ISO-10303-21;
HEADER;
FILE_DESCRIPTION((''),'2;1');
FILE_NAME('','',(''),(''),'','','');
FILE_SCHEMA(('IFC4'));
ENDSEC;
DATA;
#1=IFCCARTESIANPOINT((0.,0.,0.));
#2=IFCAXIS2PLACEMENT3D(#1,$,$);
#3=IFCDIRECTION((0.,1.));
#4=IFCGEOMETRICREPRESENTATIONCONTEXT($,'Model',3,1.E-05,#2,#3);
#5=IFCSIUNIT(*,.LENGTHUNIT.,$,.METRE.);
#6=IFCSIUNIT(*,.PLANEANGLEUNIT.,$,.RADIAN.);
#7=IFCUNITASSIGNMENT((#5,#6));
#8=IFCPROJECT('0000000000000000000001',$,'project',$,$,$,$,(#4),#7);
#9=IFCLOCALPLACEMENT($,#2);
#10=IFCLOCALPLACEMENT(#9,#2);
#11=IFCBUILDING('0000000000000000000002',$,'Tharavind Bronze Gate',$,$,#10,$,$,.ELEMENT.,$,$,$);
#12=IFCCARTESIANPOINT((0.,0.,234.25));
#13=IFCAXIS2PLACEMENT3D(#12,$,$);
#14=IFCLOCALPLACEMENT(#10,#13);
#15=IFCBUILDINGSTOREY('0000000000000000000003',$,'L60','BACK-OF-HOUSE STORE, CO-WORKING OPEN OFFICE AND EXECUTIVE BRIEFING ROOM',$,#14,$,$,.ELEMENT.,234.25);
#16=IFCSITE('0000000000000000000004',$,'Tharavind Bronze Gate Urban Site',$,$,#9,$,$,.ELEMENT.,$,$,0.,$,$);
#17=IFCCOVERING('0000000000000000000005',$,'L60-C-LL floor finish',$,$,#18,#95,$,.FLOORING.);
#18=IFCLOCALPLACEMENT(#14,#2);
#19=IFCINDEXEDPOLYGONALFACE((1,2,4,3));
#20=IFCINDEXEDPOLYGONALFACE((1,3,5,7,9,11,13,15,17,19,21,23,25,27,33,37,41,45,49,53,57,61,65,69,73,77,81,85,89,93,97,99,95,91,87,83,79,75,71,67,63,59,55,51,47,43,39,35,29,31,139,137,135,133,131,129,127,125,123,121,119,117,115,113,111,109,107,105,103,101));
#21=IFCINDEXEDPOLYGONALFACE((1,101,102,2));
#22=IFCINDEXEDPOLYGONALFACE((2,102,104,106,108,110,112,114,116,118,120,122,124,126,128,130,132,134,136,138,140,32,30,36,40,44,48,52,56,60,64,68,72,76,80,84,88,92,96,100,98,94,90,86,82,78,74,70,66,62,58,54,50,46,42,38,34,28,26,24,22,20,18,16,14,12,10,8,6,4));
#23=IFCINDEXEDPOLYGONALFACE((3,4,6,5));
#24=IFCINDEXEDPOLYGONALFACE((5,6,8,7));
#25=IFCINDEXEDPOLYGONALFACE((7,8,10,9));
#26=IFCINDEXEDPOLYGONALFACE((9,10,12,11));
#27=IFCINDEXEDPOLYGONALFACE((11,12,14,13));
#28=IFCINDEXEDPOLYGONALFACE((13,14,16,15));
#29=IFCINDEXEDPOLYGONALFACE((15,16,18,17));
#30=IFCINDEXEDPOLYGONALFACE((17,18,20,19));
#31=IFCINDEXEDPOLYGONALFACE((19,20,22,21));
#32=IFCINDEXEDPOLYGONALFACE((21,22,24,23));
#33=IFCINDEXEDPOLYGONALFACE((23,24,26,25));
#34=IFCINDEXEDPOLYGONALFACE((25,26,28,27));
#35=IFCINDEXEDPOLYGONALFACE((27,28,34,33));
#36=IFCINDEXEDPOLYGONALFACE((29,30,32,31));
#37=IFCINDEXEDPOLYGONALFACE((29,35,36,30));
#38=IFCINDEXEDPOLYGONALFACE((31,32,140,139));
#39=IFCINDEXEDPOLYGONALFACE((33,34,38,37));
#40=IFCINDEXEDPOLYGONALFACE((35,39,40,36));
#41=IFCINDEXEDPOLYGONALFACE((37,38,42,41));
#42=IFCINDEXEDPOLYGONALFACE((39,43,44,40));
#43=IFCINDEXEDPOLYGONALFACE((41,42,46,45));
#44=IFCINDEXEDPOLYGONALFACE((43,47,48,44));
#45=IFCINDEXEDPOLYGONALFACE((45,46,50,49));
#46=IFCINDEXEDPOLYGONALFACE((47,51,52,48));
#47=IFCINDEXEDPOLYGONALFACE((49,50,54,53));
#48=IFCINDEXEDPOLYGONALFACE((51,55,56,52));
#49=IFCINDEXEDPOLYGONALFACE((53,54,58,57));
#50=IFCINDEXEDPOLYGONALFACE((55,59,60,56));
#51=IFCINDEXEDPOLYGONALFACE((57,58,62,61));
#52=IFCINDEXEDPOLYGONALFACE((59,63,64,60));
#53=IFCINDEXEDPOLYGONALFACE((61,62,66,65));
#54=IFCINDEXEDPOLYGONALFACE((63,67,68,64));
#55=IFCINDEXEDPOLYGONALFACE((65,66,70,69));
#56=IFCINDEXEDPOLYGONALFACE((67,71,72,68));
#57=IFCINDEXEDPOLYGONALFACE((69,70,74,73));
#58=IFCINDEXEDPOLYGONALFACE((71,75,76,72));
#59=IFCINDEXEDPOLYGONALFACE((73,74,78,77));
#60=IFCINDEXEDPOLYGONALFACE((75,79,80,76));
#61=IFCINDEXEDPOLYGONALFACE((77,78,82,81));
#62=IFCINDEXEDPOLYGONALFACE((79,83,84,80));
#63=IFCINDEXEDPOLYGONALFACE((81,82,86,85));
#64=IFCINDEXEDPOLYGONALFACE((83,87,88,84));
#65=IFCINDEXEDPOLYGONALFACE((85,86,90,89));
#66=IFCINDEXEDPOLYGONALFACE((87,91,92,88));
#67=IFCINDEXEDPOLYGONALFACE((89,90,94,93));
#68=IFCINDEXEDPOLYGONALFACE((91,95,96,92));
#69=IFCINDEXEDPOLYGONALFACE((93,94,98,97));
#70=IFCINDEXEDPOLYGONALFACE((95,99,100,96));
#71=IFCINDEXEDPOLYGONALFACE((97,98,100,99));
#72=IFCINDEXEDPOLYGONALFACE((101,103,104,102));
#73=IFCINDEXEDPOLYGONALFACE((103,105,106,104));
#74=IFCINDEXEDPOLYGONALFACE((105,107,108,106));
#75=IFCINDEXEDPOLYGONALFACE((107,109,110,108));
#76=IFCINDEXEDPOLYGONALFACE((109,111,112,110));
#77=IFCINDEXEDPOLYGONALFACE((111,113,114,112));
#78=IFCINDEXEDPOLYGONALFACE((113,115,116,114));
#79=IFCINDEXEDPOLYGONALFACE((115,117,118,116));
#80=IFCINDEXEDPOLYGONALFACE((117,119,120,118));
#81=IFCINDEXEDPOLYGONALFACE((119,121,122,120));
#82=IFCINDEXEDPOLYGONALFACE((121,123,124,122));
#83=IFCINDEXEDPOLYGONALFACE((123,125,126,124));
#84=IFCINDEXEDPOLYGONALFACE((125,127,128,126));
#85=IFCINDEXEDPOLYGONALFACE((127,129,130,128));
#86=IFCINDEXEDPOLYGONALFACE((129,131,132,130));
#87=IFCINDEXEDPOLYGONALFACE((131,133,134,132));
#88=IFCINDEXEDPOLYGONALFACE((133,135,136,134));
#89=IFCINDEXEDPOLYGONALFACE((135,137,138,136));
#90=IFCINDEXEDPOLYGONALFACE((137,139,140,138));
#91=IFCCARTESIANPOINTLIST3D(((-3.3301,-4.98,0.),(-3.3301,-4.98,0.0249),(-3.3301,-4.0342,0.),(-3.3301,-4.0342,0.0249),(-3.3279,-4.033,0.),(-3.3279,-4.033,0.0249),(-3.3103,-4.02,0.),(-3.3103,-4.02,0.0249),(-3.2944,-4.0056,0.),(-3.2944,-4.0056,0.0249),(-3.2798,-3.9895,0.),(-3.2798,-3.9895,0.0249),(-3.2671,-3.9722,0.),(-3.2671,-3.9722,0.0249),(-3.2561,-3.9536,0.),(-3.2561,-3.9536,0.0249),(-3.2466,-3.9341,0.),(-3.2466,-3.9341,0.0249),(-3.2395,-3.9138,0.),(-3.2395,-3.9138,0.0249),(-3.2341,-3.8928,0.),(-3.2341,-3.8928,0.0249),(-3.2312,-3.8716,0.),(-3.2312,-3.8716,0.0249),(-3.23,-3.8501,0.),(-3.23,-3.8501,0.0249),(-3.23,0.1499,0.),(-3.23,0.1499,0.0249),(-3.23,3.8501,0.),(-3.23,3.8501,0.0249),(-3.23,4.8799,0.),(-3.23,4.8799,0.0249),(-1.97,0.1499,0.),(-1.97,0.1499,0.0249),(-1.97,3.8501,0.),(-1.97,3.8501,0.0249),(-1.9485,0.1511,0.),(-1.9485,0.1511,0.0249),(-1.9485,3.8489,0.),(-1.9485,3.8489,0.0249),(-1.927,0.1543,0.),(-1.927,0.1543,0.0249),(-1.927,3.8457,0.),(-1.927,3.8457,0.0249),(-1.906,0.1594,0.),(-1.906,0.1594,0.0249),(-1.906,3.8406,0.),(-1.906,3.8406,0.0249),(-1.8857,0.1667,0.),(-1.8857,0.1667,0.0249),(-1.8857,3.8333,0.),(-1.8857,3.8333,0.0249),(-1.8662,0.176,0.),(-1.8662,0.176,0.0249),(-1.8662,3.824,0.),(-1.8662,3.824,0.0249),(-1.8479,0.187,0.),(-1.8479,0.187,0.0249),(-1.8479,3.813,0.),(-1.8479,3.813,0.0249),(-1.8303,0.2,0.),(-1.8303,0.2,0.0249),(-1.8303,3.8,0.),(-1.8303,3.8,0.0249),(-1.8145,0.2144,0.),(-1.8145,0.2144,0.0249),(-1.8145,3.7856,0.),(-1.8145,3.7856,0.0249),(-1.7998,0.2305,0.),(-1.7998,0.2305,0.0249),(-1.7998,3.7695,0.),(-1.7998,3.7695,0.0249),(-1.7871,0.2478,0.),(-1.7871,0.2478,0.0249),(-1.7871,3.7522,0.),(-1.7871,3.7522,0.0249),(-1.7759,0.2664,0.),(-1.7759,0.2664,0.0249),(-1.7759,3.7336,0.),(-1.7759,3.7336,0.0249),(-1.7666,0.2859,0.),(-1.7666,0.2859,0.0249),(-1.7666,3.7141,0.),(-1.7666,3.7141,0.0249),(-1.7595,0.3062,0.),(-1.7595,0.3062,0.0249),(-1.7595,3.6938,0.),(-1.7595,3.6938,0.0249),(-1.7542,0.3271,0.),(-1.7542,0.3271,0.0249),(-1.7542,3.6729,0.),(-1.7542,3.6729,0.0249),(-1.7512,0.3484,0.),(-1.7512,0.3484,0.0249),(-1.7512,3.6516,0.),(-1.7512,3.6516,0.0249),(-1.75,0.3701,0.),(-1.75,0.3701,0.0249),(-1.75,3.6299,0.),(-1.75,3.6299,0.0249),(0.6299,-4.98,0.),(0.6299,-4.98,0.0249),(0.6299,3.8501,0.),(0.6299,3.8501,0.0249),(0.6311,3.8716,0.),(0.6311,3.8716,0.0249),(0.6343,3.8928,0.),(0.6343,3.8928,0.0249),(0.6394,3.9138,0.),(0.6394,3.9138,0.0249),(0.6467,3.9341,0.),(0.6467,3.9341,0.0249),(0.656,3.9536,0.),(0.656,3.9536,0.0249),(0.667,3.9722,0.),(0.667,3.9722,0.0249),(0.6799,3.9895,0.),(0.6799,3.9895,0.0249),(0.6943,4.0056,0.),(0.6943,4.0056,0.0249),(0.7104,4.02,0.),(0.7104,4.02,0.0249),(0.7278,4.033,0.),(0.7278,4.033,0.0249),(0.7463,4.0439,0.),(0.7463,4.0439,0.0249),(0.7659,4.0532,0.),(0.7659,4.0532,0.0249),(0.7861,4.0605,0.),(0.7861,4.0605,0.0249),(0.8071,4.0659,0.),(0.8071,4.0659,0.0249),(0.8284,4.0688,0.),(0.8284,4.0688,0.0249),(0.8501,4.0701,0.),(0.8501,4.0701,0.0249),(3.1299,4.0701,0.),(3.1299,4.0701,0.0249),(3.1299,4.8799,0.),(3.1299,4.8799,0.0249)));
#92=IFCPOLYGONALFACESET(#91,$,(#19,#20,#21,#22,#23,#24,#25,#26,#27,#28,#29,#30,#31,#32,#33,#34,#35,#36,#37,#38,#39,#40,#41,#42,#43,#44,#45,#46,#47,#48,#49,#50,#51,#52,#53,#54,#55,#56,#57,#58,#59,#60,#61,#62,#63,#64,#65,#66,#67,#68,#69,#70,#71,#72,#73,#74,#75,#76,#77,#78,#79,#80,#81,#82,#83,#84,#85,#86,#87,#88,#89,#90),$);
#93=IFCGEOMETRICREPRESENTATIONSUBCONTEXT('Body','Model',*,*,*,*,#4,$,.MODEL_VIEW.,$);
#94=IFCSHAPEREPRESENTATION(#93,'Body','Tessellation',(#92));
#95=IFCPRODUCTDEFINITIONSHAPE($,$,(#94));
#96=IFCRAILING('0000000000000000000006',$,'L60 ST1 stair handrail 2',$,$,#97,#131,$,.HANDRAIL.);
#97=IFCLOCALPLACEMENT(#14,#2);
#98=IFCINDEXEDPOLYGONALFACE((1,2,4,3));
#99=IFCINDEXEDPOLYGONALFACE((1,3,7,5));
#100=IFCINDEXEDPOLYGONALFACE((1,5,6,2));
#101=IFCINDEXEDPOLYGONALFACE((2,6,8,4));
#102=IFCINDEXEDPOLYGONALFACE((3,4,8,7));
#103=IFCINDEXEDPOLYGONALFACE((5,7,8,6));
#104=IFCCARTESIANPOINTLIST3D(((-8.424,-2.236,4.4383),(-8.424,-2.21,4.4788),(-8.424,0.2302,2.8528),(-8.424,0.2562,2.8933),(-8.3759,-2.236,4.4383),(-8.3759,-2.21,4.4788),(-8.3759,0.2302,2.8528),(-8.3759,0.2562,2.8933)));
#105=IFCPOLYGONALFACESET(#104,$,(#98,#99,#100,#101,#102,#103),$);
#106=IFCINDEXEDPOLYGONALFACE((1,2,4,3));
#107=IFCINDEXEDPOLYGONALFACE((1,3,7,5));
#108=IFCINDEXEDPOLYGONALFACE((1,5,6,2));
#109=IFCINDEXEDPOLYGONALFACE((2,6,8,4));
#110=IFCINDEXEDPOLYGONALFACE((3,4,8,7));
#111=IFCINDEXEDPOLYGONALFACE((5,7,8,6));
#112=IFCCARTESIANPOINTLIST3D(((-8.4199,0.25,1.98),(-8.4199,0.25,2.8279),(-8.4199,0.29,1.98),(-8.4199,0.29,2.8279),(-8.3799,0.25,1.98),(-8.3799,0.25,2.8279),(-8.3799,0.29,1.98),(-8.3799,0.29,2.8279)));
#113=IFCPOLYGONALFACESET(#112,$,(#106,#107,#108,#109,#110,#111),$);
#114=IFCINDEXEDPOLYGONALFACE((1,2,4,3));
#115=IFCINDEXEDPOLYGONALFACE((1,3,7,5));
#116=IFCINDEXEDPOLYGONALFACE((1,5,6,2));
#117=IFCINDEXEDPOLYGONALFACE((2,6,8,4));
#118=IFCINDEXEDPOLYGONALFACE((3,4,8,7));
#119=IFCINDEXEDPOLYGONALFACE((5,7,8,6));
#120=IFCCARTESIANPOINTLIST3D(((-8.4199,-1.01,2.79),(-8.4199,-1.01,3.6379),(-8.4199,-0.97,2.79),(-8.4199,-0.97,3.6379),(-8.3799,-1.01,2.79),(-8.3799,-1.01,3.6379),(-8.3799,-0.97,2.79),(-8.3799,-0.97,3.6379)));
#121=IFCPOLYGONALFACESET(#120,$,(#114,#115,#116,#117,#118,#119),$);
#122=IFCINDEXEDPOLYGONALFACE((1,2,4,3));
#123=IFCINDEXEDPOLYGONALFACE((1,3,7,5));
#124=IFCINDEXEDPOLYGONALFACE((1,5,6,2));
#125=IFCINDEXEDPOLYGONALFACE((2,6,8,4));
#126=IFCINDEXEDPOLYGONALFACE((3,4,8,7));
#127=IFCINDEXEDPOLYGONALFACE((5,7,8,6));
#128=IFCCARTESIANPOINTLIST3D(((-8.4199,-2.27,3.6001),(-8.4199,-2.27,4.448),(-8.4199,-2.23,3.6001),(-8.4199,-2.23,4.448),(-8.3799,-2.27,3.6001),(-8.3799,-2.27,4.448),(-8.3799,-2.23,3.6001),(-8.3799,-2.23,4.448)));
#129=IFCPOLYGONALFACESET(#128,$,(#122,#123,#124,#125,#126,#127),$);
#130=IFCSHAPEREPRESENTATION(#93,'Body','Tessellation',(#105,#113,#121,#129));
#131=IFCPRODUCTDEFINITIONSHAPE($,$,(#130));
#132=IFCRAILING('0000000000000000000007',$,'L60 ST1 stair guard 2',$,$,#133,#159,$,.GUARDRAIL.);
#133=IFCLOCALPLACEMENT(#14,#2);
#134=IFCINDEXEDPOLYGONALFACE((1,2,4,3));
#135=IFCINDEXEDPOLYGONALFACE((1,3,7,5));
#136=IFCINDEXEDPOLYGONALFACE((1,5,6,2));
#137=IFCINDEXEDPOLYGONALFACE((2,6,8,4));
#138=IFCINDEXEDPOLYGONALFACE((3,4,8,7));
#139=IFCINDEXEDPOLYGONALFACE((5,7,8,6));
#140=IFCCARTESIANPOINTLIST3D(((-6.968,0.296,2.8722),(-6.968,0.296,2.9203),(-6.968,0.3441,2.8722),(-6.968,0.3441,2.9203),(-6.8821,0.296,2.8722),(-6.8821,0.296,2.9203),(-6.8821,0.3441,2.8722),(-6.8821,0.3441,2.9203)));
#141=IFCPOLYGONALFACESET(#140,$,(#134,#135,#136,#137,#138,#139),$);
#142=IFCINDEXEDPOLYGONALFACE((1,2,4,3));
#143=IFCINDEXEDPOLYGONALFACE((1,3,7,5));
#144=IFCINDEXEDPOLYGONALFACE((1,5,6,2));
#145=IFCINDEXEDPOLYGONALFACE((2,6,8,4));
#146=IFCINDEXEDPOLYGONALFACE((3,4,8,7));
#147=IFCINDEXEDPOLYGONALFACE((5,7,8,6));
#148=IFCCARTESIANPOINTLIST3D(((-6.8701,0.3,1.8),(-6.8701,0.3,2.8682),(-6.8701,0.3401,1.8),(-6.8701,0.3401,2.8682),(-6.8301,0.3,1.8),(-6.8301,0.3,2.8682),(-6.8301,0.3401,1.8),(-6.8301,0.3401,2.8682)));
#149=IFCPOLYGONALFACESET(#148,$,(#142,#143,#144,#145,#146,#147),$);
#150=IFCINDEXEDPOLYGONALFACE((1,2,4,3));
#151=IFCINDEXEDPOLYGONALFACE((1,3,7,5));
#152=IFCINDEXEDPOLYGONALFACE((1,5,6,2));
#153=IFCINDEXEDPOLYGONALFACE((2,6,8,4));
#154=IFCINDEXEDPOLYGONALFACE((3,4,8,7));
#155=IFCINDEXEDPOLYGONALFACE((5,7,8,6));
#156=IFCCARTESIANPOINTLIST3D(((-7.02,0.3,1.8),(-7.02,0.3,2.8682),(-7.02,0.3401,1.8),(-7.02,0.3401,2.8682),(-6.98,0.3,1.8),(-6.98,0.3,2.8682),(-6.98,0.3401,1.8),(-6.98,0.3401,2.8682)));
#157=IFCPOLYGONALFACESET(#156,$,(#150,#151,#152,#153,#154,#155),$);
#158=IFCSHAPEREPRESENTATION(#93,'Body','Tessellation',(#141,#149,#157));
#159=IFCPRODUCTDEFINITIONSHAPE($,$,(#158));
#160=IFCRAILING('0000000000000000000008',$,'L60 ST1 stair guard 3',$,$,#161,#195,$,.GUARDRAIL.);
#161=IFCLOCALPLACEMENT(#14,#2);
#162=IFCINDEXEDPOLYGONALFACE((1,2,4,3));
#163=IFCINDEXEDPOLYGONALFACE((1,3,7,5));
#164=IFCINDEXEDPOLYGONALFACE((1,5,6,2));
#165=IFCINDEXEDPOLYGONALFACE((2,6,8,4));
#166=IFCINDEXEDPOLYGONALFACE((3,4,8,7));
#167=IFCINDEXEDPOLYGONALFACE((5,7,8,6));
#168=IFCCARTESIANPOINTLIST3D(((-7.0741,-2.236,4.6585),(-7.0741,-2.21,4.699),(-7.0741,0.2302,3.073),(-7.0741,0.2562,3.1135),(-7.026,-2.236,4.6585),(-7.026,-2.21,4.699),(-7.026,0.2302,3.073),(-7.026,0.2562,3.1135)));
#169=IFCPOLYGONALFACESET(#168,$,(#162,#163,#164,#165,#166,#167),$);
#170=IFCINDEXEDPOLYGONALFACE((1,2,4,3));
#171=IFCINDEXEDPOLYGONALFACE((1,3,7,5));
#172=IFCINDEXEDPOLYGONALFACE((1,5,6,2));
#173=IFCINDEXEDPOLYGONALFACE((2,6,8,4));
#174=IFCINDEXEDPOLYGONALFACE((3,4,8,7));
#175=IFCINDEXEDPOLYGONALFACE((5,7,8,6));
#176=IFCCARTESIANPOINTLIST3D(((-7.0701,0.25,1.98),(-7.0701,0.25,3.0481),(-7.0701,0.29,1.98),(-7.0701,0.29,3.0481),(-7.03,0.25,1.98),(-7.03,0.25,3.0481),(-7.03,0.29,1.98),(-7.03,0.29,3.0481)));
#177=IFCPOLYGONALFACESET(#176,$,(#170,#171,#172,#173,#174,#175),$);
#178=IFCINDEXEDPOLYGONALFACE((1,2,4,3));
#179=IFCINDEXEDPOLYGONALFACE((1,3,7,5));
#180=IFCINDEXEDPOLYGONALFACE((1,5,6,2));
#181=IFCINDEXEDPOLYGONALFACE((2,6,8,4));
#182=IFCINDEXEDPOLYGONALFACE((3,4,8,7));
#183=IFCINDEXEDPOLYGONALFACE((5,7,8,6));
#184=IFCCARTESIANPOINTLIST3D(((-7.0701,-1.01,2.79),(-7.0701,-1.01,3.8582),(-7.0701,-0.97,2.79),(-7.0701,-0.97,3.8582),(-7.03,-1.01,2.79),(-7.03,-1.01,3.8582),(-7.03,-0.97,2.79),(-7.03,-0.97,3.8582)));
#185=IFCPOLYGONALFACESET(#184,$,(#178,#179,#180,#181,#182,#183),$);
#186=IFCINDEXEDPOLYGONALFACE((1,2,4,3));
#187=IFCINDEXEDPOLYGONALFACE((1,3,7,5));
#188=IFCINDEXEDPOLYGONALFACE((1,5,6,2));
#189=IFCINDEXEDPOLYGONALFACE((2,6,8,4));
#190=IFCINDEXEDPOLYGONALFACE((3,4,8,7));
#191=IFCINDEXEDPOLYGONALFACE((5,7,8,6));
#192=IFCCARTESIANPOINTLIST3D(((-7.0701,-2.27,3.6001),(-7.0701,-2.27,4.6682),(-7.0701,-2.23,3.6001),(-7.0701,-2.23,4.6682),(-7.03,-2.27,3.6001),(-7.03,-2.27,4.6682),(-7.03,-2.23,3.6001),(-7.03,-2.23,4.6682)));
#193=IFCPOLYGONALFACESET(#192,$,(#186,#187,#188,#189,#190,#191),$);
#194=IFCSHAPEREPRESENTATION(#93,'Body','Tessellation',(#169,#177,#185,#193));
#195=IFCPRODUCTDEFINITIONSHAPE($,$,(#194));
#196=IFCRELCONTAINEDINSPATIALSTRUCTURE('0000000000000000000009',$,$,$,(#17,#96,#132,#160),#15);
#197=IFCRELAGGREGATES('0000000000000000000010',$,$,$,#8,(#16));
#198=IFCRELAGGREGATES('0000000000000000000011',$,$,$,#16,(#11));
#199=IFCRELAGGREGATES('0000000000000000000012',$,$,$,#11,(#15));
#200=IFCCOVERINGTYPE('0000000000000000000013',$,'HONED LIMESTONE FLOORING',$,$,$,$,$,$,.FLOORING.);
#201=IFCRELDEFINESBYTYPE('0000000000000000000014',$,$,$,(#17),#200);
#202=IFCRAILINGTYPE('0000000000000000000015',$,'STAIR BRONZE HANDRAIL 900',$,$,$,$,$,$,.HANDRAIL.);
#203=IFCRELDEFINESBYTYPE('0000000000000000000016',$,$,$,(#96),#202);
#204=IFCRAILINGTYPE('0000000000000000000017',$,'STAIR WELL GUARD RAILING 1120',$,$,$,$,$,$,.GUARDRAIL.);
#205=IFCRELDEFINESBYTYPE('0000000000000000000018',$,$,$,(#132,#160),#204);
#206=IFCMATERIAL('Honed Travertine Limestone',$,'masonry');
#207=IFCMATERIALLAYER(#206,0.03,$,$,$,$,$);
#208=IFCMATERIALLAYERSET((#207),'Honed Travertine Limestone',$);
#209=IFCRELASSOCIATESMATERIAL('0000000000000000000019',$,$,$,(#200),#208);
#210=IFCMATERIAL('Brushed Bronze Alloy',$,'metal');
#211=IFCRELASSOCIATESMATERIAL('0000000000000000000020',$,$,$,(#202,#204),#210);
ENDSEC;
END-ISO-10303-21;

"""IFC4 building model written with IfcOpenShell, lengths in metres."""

from ifc_helpers import new_model, si_unit, direction, frame, origin, origin_2d, place, context, subcontext, project, spatial, polyline, rectangle, outline, extrude, material, layer, layer_set, type_object, element, save


model = new_model("IFC4")

# Units and contexts
model_context = context("Model", 3, precision=1e-05, world=origin(), true_north=direction((0.0, 1.0)))
body_context = subcontext(model_context, "Body", "Model", "MODEL_VIEW")
ifc_project = project(units=[si_unit("LENGTHUNIT", "METRE"), si_unit("PLANEANGLEUNIT", "RADIAN")], contexts=[model_context])

# Site, building, storey
site_placement = place(None, origin())
site = spatial("IfcSite", under=ifc_project, at=site_placement, Name="Tharavind Bronze Gate Urban Site", CompositionType="ELEMENT", RefElevation=0.0)
building_placement = place(site_placement, origin())
building = spatial("IfcBuilding", under=site, at=building_placement, Name="Tharavind Bronze Gate", CompositionType="ELEMENT")
storey_placement = place(building_placement, frame((0.0, 0.0, 234.25)))
storey = spatial("IfcBuildingStorey", under=building, at=storey_placement, Name="L60", Description="BACK-OF-HOUSE STORE, CO-WORKING OPEN OFFICE AND EXECUTIVE BRIEFING ROOM", CompositionType="ELEMENT", Elevation=234.25)

# Covering
ifc_material_1 = material(Name="Honed Travertine Limestone", Category="masonry")
ifc_layer_1 = layer(ifc_material_1, 0.03)
ifc_layer_set_1 = layer_set([ifc_layer_1], Name="Honed Travertine Limestone")
covering_type_1 = type_object("IfcCoveringType", Name="HONED LIMESTONE FLOORING", PredefinedType="FLOORING", material=ifc_layer_set_1)
covering_1_placement = place(storey_placement, origin())
element("IfcCovering", 1, at=covering_1_placement, inside=storey, type_object=covering_type_1, Name="L60-C-LL floor finish", PredefinedType="FLOORING", context=body_context, shape_type="SweptSolid", body=[
    extrude(outline(polyline([(-3.3301, -4.98), (0.6299, -4.98), (0.6299, 3.8501), (0.6311, 3.8716), (0.6343, 3.8928), (0.6394, 3.9138), (0.6467, 3.9341), (0.656, 3.9536), (0.667, 3.9722), (0.6799, 3.9895), (0.6943, 4.0056), (0.7104, 4.02), (0.7278, 4.033), (0.7463, 4.0439), (0.7659, 4.0532), (0.7861, 4.0605), (0.8071, 4.0659), (0.8284, 4.0688), (0.8501, 4.0701), (3.1299, 4.0701), (3.1299, 4.8799), (-3.23, 4.8799), (-3.23, 3.8501), (-1.97, 3.8501), (-1.9485, 3.8489), (-1.927, 3.8457), (-1.906, 3.8406), (-1.8857, 3.8333), (-1.8662, 3.824), (-1.8479, 3.813), (-1.8303, 3.8), (-1.8145, 3.7856), (-1.7998, 3.7695), (-1.7871, 3.7522), (-1.7759, 3.7336), (-1.7666, 3.7141), (-1.7595, 3.6938), (-1.7542, 3.6729), (-1.7512, 3.6516), (-1.75, 3.6299), (-1.75, 0.3701), (-1.7512, 0.3484), (-1.7542, 0.3271), (-1.7595, 0.3062), (-1.7666, 0.2859), (-1.7759, 0.2664), (-1.7871, 0.2478), (-1.7998, 0.2305), (-1.8145, 0.2144), (-1.8303, 0.2), (-1.8479, 0.187), (-1.8662, 0.176), (-1.8857, 0.1667), (-1.906, 0.1594), (-1.927, 0.1543), (-1.9485, 0.1511), (-1.97, 0.1499), (-3.23, 0.1499), (-3.23, -3.8501), (-3.2312, -3.8716), (-3.2341, -3.8928), (-3.2395, -3.9138), (-3.2466, -3.9341), (-3.2561, -3.9536), (-3.2671, -3.9722), (-3.2798, -3.9895), (-3.2944, -4.0056), (-3.3103, -4.02), (-3.3279, -4.033), (-3.3301, -4.0342), (-3.3301, -4.98)])), origin(), (0.0, 0.0, 1.0), 0.0249),
])

# Railings
ifc_material_2 = material(Name="Brushed Bronze Alloy", Category="metal")
railing_type_1 = type_object("IfcRailingType", Name="STAIR BRONZE HANDRAIL 900", PredefinedType="HANDRAIL", material=ifc_material_2)
railing_1_placement = place(storey_placement, frame((-8.3999, 0.27, 1.98)))
element("IfcRailing", 2, at=railing_1_placement, inside=storey, type_object=railing_type_1, Name="L60 ST1 stair handrail 2", PredefinedType="HANDRAIL", context=body_context, shape_type="SweptSolid", body=[
    extrude(rectangle(XDim=0.0481, YDim=0.0481, at=origin_2d()), frame((0.0, -0.0269, 0.8931), z_axis=(0.0, -0.841163, 0.540782), x_axis=(1.0, 0.0, 0.0)), (0.0, 0.0, 1.0), 2.9319),
    extrude(rectangle(XDim=0.04, YDim=0.04, at=origin_2d()), origin(), (0.0, 0.0, 1.0), 0.8479),
    extrude(rectangle(XDim=0.04, YDim=0.04, at=origin_2d()), frame((0.0, -1.26, 0.8101)), (0.0, 0.0, 1.0), 0.8479),
    extrude(rectangle(XDim=0.04, YDim=0.04, at=origin_2d()), frame((0.0, -2.52, 1.6201)), (0.0, 0.0, 1.0), 0.8479),
])
railing_type_2 = type_object("IfcRailingType", Name="STAIR WELL GUARD RAILING 1120", PredefinedType="GUARDRAIL", material=ifc_material_2)
railing_2_placement = place(storey_placement, frame((-6.8501, 0.3201, 1.8)))
element("IfcRailing", 3, at=railing_2_placement, inside=storey, type_object=railing_type_2, Name="L60 ST1 stair guard 2", PredefinedType="GUARDRAIL", context=body_context, shape_type="SweptSolid", body=[
    extrude(rectangle(XDim=0.0481, YDim=0.0481, at=origin_2d()), frame((-0.032, 0.0, 1.0962), z_axis=(-1.0, 0.0, 0.0), x_axis=(0.0, -1.0, 0.0)), (0.0, 0.0, 1.0), 0.0859),
    extrude(rectangle(XDim=0.04, YDim=0.04, at=origin_2d()), origin(), (0.0, 0.0, 1.0), 1.0681),
    extrude(rectangle(XDim=0.04, YDim=0.04, at=origin_2d()), frame((-0.1499, 0.0, 0.0)), (0.0, 0.0, 1.0), 1.0681),
])
railing_3_placement = place(storey_placement, frame((-7.05, 0.27, 1.98)))
element("IfcRailing", 4, at=railing_3_placement, inside=storey, type_object=railing_type_2, Name="L60 ST1 stair guard 3", PredefinedType="GUARDRAIL", context=body_context, shape_type="SweptSolid", body=[
    extrude(rectangle(XDim=0.0481, YDim=0.0481, at=origin_2d()), frame((0.0, -0.0269, 1.1133), z_axis=(0.0, -0.841163, 0.540782), x_axis=(1.0, 0.0, 0.0)), (0.0, 0.0, 1.0), 2.9319),
    extrude(rectangle(XDim=0.04, YDim=0.04, at=origin_2d()), origin(), (0.0, 0.0, 1.0), 1.0681),
    extrude(rectangle(XDim=0.04, YDim=0.04, at=origin_2d()), frame((0.0, -1.26, 0.8101)), (0.0, 0.0, 1.0), 1.0681),
    extrude(rectangle(XDim=0.04, YDim=0.04, at=origin_2d()), frame((0.0, -2.52, 1.6201)), (0.0, 0.0, 1.0), 1.0681),
])

save(model, "model.ifc")
